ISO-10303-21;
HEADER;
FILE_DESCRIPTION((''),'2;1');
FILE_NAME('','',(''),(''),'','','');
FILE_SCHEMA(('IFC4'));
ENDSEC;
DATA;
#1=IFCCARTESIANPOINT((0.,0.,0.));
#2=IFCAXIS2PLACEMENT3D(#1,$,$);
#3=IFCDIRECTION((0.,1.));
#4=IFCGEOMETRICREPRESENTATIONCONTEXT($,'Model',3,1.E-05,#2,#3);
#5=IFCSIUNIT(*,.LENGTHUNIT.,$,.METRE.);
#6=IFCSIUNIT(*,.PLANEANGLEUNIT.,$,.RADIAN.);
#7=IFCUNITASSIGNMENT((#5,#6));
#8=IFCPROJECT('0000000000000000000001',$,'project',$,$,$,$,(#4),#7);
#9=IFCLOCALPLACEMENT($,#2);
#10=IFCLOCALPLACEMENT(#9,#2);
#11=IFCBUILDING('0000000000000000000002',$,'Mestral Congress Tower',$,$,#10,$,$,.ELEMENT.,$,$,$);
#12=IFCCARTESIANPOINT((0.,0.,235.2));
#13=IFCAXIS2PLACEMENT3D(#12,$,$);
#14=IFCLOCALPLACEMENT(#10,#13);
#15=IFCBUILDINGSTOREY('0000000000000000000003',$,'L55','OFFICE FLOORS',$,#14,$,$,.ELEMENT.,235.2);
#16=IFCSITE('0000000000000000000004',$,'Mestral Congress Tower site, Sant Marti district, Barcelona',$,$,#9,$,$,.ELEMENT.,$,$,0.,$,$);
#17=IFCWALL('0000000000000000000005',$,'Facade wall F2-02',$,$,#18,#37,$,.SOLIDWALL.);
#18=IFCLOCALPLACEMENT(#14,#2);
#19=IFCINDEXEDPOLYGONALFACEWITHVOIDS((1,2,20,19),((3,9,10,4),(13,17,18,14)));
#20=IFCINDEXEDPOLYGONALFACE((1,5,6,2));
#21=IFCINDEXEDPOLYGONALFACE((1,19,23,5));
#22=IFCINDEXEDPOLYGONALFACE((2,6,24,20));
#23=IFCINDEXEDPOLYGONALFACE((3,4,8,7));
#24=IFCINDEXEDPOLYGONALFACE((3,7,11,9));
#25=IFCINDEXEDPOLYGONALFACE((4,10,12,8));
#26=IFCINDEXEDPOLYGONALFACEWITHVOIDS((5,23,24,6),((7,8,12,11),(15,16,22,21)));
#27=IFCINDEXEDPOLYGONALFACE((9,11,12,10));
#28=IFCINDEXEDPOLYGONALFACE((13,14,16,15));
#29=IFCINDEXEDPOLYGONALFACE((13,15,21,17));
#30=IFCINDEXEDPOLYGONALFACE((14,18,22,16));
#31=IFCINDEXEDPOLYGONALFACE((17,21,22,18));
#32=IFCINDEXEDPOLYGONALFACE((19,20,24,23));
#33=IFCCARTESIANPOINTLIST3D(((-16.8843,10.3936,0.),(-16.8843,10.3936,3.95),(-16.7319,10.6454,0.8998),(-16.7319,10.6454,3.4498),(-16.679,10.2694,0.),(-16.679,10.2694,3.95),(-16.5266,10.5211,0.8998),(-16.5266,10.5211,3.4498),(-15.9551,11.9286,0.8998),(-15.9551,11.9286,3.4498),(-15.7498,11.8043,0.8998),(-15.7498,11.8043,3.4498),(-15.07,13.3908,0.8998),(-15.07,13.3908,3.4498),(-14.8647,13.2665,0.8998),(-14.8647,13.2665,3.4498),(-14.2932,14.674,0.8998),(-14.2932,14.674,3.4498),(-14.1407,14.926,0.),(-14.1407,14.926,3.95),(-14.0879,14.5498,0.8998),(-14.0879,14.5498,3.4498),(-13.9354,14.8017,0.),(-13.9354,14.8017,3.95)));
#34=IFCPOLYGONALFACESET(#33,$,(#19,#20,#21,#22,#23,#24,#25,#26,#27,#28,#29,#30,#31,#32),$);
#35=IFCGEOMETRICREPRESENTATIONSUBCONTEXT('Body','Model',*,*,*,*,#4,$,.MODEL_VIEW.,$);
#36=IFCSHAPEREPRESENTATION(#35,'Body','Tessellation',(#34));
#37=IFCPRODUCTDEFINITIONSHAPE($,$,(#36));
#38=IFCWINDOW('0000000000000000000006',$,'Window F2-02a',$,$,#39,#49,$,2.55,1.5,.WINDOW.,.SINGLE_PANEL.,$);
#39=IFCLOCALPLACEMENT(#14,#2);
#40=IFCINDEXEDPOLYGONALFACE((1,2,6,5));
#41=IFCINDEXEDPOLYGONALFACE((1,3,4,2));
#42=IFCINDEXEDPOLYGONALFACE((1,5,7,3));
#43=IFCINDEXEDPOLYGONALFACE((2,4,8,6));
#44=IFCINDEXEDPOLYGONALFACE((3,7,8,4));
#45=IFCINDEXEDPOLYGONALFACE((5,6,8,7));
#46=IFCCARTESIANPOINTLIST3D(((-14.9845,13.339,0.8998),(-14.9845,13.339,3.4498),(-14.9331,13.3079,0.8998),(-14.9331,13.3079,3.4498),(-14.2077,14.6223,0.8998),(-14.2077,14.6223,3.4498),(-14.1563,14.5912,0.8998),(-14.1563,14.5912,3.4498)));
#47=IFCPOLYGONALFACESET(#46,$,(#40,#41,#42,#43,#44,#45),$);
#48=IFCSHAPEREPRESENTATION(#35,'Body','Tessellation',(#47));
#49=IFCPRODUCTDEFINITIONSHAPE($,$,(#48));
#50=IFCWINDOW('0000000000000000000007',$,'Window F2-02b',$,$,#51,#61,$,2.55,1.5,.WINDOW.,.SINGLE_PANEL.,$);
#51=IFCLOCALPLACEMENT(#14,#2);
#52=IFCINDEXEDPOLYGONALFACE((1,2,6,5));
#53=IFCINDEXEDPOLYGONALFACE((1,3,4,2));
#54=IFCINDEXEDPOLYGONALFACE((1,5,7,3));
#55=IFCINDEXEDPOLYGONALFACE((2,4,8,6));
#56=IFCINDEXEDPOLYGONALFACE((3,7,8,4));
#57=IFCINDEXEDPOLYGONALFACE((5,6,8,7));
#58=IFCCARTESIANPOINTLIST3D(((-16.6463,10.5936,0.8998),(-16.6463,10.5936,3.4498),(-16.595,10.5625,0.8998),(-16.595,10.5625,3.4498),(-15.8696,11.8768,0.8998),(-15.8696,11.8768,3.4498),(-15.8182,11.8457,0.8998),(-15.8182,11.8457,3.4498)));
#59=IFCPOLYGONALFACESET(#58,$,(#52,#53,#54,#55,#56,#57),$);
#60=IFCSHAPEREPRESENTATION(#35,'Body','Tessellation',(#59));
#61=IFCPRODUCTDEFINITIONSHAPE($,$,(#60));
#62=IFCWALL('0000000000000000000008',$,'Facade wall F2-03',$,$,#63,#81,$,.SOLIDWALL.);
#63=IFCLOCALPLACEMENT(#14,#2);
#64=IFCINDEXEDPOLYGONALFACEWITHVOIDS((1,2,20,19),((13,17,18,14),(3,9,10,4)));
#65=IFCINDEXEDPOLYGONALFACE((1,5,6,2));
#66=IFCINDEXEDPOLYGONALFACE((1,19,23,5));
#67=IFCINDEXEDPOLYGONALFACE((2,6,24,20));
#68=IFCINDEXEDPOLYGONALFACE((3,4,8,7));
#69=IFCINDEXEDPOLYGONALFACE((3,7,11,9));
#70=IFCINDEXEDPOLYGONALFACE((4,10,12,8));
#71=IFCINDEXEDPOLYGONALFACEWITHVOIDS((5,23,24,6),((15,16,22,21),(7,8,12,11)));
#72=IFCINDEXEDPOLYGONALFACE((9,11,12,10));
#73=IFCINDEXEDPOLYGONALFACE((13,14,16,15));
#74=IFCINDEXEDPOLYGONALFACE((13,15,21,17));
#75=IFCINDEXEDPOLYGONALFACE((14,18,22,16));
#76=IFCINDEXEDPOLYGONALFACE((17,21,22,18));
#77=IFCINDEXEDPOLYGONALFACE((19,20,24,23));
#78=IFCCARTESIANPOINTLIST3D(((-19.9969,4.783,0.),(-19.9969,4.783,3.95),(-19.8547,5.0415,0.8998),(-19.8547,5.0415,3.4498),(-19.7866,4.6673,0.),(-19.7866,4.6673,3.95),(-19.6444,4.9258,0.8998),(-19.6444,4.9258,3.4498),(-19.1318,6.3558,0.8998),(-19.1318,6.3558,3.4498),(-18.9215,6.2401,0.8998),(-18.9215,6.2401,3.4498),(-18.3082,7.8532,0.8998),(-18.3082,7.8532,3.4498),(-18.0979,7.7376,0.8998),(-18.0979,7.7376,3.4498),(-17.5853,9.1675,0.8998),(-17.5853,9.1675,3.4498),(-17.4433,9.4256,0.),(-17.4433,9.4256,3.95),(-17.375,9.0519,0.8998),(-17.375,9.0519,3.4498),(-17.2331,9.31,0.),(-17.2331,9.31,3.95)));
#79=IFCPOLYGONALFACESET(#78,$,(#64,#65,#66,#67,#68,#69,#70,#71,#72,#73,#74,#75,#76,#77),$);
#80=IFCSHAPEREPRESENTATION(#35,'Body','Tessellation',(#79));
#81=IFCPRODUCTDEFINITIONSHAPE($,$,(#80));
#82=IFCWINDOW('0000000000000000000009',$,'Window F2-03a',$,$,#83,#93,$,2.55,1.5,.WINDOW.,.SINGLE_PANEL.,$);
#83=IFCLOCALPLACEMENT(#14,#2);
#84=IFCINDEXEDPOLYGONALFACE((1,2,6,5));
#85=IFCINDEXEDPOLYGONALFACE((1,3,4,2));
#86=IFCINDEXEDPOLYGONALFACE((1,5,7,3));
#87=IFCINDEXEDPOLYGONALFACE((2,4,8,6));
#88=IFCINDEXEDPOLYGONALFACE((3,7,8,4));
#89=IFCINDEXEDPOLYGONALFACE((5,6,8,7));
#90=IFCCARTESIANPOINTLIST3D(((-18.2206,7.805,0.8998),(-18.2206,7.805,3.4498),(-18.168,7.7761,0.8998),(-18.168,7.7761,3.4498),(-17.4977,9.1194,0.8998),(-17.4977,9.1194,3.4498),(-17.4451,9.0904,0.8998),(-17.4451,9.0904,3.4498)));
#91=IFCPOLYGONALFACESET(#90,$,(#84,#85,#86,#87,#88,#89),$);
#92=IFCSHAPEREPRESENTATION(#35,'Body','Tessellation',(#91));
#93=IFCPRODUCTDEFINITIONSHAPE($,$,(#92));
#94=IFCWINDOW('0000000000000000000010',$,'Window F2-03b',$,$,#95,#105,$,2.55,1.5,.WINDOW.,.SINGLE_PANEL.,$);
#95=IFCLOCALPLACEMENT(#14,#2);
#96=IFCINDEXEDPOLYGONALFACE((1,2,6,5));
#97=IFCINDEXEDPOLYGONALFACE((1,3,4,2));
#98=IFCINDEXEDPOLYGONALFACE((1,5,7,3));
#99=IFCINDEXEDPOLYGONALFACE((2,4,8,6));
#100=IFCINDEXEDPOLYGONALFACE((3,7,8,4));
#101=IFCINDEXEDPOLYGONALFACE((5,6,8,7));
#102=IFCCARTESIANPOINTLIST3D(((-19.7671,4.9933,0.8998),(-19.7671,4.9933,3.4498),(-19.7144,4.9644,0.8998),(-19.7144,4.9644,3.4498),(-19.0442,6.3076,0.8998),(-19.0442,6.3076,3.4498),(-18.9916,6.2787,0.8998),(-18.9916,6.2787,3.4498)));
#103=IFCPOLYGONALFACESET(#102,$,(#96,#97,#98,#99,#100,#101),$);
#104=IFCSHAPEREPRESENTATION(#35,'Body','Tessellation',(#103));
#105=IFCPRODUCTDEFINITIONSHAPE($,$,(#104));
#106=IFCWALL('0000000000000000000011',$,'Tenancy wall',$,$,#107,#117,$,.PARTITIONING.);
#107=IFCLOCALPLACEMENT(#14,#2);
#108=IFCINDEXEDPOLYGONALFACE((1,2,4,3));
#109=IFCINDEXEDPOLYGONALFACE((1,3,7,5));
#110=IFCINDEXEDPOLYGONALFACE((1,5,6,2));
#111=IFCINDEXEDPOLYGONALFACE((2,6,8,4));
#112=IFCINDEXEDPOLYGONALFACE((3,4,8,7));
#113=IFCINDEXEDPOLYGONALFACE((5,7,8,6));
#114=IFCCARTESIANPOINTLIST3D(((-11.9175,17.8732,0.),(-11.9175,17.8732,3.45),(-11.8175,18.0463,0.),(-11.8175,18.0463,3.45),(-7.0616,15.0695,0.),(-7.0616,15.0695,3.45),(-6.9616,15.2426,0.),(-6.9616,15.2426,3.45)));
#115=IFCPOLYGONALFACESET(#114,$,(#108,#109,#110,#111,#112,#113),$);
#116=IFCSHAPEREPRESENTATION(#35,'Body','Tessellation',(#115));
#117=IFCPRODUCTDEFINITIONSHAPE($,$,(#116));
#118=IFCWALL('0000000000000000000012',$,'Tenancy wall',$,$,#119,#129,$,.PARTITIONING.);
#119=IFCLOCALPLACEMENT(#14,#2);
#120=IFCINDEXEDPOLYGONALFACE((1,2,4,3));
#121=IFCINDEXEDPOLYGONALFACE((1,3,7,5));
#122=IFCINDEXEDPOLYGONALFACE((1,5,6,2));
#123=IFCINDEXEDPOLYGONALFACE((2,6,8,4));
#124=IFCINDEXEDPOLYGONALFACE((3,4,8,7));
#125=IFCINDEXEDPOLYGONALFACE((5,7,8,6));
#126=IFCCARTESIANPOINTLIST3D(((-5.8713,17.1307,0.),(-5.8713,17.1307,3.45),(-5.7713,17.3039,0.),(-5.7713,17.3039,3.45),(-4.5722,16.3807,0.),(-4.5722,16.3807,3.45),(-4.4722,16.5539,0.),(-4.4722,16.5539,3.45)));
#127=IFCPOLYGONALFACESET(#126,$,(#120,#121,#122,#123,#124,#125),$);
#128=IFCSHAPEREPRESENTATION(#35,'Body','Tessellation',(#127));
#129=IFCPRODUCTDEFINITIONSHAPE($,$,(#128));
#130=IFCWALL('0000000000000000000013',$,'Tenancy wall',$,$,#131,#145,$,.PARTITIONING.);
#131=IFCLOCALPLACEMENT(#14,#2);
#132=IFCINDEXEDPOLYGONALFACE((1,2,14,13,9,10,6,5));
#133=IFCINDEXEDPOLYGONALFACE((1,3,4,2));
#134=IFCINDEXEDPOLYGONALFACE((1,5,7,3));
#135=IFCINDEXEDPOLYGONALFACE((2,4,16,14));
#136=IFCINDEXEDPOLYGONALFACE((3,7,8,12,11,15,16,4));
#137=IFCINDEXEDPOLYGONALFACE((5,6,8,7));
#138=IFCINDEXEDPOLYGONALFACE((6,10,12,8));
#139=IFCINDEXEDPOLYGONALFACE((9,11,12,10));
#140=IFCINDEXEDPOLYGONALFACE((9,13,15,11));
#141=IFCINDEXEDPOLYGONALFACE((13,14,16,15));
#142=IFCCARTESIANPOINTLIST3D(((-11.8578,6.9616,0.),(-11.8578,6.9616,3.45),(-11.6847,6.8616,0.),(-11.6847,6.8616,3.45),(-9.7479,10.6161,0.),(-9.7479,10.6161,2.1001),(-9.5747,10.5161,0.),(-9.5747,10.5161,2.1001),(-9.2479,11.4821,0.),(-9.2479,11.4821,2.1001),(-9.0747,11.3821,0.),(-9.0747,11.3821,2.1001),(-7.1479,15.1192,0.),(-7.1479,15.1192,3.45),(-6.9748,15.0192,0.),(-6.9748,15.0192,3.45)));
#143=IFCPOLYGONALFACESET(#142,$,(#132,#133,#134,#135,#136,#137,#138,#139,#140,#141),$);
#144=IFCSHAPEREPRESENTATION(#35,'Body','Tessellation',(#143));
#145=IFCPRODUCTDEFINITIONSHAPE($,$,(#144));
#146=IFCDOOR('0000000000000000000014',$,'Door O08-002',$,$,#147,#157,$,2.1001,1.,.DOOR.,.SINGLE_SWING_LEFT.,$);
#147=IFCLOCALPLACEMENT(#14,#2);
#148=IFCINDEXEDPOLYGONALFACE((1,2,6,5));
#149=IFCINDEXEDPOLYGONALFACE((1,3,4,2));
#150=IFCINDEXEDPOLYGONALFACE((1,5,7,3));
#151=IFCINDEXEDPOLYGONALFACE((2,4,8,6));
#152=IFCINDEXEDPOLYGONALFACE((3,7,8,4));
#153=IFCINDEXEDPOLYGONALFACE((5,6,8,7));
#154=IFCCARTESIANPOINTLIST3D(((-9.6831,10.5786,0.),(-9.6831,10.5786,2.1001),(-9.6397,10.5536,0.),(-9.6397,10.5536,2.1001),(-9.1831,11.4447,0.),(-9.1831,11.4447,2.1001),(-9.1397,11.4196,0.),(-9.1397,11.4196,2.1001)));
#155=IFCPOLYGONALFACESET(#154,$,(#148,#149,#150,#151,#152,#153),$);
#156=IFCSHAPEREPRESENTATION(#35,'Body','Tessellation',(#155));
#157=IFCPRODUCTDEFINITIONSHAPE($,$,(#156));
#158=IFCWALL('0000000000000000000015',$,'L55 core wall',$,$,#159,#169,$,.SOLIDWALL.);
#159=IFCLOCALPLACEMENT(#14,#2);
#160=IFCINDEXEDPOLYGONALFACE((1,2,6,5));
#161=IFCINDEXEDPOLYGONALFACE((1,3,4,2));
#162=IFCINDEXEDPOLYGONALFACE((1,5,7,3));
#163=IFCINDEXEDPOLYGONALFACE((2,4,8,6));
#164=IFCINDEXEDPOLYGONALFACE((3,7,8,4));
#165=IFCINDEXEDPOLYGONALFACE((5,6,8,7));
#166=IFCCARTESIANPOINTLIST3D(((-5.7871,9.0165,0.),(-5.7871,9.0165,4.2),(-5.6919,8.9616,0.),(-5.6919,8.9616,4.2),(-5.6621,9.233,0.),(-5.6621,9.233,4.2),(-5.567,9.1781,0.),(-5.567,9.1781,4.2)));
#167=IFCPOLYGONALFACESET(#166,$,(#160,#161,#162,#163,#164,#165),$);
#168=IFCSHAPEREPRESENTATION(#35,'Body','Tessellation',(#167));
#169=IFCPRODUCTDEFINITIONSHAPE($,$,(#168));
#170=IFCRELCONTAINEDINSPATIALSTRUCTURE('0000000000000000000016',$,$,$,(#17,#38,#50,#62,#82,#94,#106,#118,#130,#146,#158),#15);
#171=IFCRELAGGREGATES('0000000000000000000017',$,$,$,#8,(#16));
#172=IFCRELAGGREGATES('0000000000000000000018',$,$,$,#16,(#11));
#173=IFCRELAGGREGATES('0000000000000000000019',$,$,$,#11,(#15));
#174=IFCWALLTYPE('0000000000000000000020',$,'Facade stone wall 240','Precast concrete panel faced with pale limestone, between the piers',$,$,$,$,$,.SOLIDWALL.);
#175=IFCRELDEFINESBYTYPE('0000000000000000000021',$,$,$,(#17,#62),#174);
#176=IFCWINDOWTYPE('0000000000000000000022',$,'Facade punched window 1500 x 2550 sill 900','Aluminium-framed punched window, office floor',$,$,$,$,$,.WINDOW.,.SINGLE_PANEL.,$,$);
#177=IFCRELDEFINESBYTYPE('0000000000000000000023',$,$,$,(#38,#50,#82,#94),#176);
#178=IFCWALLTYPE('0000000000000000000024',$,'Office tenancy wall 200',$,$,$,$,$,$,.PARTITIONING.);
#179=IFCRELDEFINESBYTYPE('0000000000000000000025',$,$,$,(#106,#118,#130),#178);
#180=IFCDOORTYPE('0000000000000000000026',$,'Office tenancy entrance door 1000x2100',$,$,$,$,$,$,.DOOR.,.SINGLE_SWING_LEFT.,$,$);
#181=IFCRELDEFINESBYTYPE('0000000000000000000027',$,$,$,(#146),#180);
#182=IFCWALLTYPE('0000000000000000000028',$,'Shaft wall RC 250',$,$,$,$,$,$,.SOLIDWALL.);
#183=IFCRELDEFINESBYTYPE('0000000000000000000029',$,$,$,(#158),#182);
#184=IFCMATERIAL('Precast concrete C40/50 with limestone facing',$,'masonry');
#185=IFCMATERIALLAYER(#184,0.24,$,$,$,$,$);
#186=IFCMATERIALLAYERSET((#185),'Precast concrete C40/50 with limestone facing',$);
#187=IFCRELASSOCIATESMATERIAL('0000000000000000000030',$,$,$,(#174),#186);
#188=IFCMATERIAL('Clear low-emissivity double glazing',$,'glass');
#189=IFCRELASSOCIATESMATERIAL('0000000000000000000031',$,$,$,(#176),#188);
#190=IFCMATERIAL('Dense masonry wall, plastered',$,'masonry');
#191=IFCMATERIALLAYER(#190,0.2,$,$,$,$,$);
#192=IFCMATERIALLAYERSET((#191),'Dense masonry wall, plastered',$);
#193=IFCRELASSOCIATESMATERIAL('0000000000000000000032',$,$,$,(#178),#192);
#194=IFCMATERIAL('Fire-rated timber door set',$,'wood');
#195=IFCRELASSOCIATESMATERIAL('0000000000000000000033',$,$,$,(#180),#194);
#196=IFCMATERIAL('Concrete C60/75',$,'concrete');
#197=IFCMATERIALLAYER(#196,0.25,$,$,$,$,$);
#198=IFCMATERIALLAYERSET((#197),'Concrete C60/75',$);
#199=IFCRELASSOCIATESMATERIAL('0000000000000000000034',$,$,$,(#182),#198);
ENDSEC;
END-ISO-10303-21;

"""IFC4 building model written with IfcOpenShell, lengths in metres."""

from ifc_helpers import new_model, si_unit, direction, frame, frame_2d, origin, place, context, subcontext, project, spatial, rectangle, extrude, material, layer, layer_set, type_object, element, fill, save


model = new_model("IFC4")

# Units and contexts
model_context = context("Model", 3, precision=1e-05, world=origin(), true_north=direction((0.0, 1.0)))
body_context = subcontext(model_context, "Body", "Model", "MODEL_VIEW")
ifc_project = project(units=[si_unit("LENGTHUNIT", "METRE"), si_unit("PLANEANGLEUNIT", "RADIAN")], contexts=[model_context])

# Site, building, storey
site_placement = place(None, origin())
site = spatial("IfcSite", under=ifc_project, at=site_placement, Name="Mestral Congress Tower site, Sant Marti district, Barcelona", CompositionType="ELEMENT", RefElevation=0.0)
building_placement = place(site_placement, origin())
building = spatial("IfcBuilding", under=site, at=building_placement, Name="Mestral Congress Tower", CompositionType="ELEMENT")
storey_placement = place(building_placement, frame((0.0, 0.0, 235.2)))
storey = spatial("IfcBuildingStorey", under=building, at=storey_placement, Name="L55", Description="OFFICE FLOORS", CompositionType="ELEMENT", Elevation=235.2)

# Shared definitions
ifc_material_1 = material(Name="Concrete C60/75", Category="concrete")

# Walls, openings, windows
ifc_material_2 = material(Name="Precast concrete C40/50 with limestone facing", Category="masonry")
ifc_layer_1 = layer(ifc_material_2, 0.24)
ifc_layer_set_1 = layer_set([ifc_layer_1], Name="Precast concrete C40/50 with limestone facing")
wall_type_1 = type_object("IfcWallType", Name="Facade stone wall 240", Description="Precast concrete panel faced with pale limestone, between the piers", PredefinedType="SOLIDWALL", material=ifc_layer_set_1)
wall_1_placement = place(storey_placement, frame((-14.0381, 14.8638, 0.0), z_axis=(0.0, 0.0, 1.0), x_axis=(-0.517846, -0.855474, 0.0)))
wall_1 = element("IfcWall", 1, at=wall_1_placement, inside=storey, type_object=wall_type_1, Name="Facade wall F2-02", PredefinedType="SOLIDWALL", context=body_context, shape_type="SweptSolid", body=[
    extrude(rectangle(XDim=5.2981, YDim=0.24, at=frame_2d((2.6489, 0.0))), origin(), (0.0, 0.0, 1.0), 3.95),
])
opening_1_placement = place(wall_1_placement, frame((0.2944, 0.0, 0.8999)))
opening_1 = element("IfcOpeningElement", 2, at=opening_1_placement, cuts=wall_1, PredefinedType="OPENING", context=body_context, shape_type="SweptSolid", body=[
    extrude(rectangle(XDim=1.5, YDim=2.55, at=frame_2d((0.75, 1.2749))), frame((0.0, 0.1299, 0.0), z_axis=(0.0, -1.0, 0.0), x_axis=(1.0, 0.0, 0.0)), (0.0, 0.0, 1.0), 0.26),
])
opening_2_placement = place(wall_1_placement, frame((3.5037, 0.0, 0.8999)))
opening_2 = element("IfcOpeningElement", 3, at=opening_2_placement, cuts=wall_1, PredefinedType="OPENING", context=body_context, shape_type="SweptSolid", body=[
    extrude(rectangle(XDim=1.5, YDim=2.55, at=frame_2d((0.75, 1.2749))), frame((0.0, 0.1299, 0.0), z_axis=(0.0, -1.0, 0.0), x_axis=(1.0, 0.0, 0.0)), (0.0, 0.0, 1.0), 0.26),
])
ifc_material_3 = material(Name="Clear low-emissivity double glazing", Category="glass")
window_type = type_object("IfcWindowType", Name="Facade punched window 1500 x 2550 sill 900", Description="Aluminium-framed punched window, office floor", PartitioningType="SINGLE_PANEL", PredefinedType="WINDOW", material=ifc_material_3)
window_1_placement = place(opening_1_placement, origin())
window_1 = element("IfcWindow", 4, at=window_1_placement, inside=storey, type_object=window_type, Name="Window F2-02a", OverallHeight=2.55, OverallWidth=1.5, PartitioningType="SINGLE_PANEL", PredefinedType="WINDOW", context=body_context, shape_type="SweptSolid", body=[
    extrude(rectangle(XDim=1.5, YDim=2.55, at=frame_2d((0.75, 1.2749))), frame((0.0, 0.04, 0.0), z_axis=(0.0, -1.0, 0.0), x_axis=(1.0, 0.0, 0.0)), (0.0, 0.0, 1.0), 0.0601),
])
fill(opening_1, window_1)
window_2_placement = place(opening_2_placement, origin())
window_2 = element("IfcWindow", 5, at=window_2_placement, inside=storey, type_object=window_type, Name="Window F2-02b", OverallHeight=2.55, OverallWidth=1.5, PartitioningType="SINGLE_PANEL", PredefinedType="WINDOW", context=body_context, shape_type="SweptSolid", body=[
    extrude(rectangle(XDim=1.5, YDim=2.55, at=frame_2d((0.75, 1.2749))), frame((0.0, 0.04, 0.0), z_axis=(0.0, -1.0, 0.0), x_axis=(1.0, 0.0, 0.0)), (0.0, 0.0, 1.0), 0.0601),
])
fill(opening_2, window_2)
wall_2_placement = place(storey_placement, frame((-17.3381, 9.3679, 0.0), z_axis=(0.0, 0.0, 1.0), x_axis=(-0.481926, -0.876212, 0.0)))
wall_2 = element("IfcWall", 6, at=wall_2_placement, inside=storey, type_object=wall_type_1, Name="Facade wall F2-03", PredefinedType="SOLIDWALL", context=body_context, shape_type="SweptSolid", body=[
    extrude(rectangle(XDim=5.2986, YDim=0.24, at=frame_2d((2.6494, 0.0))), origin(), (0.0, 0.0, 1.0), 3.95),
])
opening_3_placement = place(wall_2_placement, frame((0.2947, 0.0, 0.8999)))
opening_3 = element("IfcOpeningElement", 7, at=opening_3_placement, cuts=wall_2, PredefinedType="OPENING", context=body_context, shape_type="SweptSolid", body=[
    extrude(rectangle(XDim=1.5, YDim=2.55, at=frame_2d((0.75, 1.2749))), frame((0.0, 0.1299, 0.0), z_axis=(0.0, -1.0, 0.0), x_axis=(1.0, 0.0, 0.0)), (0.0, 0.0, 1.0), 0.26),
])
opening_4_placement = place(wall_2_placement, frame((3.5037, 0.0, 0.8999)))
opening_4 = element("IfcOpeningElement", 8, at=opening_4_placement, cuts=wall_2, PredefinedType="OPENING", context=body_context, shape_type="SweptSolid", body=[
    extrude(rectangle(XDim=1.5, YDim=2.55, at=frame_2d((0.75, 1.2749))), frame((0.0, 0.1299, 0.0), z_axis=(0.0, -1.0, 0.0), x_axis=(1.0, 0.0, 0.0)), (0.0, 0.0, 1.0), 0.26),
])
window_3_placement = place(opening_3_placement, origin())
window_3 = element("IfcWindow", 9, at=window_3_placement, inside=storey, type_object=window_type, Name="Window F2-03a", OverallHeight=2.55, OverallWidth=1.5, PartitioningType="SINGLE_PANEL", PredefinedType="WINDOW", context=body_context, shape_type="SweptSolid", body=[
    extrude(rectangle(XDim=1.5, YDim=2.55, at=frame_2d((0.75, 1.2749))), frame((0.0, 0.04, 0.0), z_axis=(0.0, -1.0, 0.0), x_axis=(1.0, 0.0, 0.0)), (0.0, 0.0, 1.0), 0.0601),
])
fill(opening_3, window_3)
window_4_placement = place(opening_4_placement, origin())
window_4 = element("IfcWindow", 10, at=window_4_placement, inside=storey, type_object=window_type, Name="Window F2-03b", OverallHeight=2.55, OverallWidth=1.5, PartitioningType="SINGLE_PANEL", PredefinedType="WINDOW", context=body_context, shape_type="SweptSolid", body=[
    extrude(rectangle(XDim=1.5, YDim=2.55, at=frame_2d((0.75, 1.2749))), frame((0.0, 0.04, 0.0), z_axis=(0.0, -1.0, 0.0), x_axis=(1.0, 0.0, 0.0)), (0.0, 0.0, 1.0), 0.0601),
])
fill(opening_4, window_4)

# Walls
ifc_material_4 = material(Name="Dense masonry wall, plastered", Category="masonry")
ifc_layer_2 = layer(ifc_material_4, 0.2)
ifc_layer_set_2 = layer_set([ifc_layer_2], Name="Dense masonry wall, plastered")
wall_type_2 = type_object("IfcWallType", Name="Office tenancy wall 200", PredefinedType="PARTITIONING", material=ifc_layer_set_2)
wall_3_placement = place(storey_placement, frame((-7.0115, 15.156, 0.0), z_axis=(0.0, 0.0, 1.0), x_axis=(-0.866016, 0.500016, 0.0)))
element("IfcWall", 11, at=wall_3_placement, inside=storey, type_object=wall_type_2, Name="Tenancy wall", PredefinedType="PARTITIONING", context=body_context, shape_type="SweptSolid", body=[
    extrude(rectangle(XDim=5.6072, YDim=0.2, at=frame_2d((2.8037, 0.0))), origin(), (0.0, 0.0, 1.0), 3.45),
])
wall_4_placement = place(storey_placement, frame((-4.5222, 16.4673, 0.0), z_axis=(0.0, 0.0, 1.0), x_axis=(-0.866031, 0.49999, 0.0)))
element("IfcWall", 12, at=wall_4_placement, inside=storey, type_object=wall_type_2, Name="Tenancy wall", PredefinedType="PARTITIONING", context=body_context, shape_type="SweptSolid", body=[
    extrude(rectangle(XDim=1.5, YDim=0.2, at=frame_2d((0.75, 0.0))), origin(), (0.0, 0.0, 1.0), 3.45),
])

# Wall, opening, door
wall_5_placement = place(storey_placement, frame((-7.0613, 15.0693, 0.0), z_axis=(0.0, 0.0, 1.0), x_axis=(-0.500008, -0.866021, 0.0)))
wall_5 = element("IfcWall", 13, at=wall_5_placement, inside=storey, type_object=wall_type_2, Name="Tenancy wall", PredefinedType="PARTITIONING", context=body_context, shape_type="SweptSolid", body=[
    extrude(rectangle(XDim=9.4197, YDim=0.2, at=frame_2d((4.71, 0.0))), origin(), (0.0, 0.0, 1.0), 3.45),
])
opening_5_placement = place(wall_5_placement, frame((4.2, 0.0, 0.0)))
opening_5 = element("IfcOpeningElement", 14, at=opening_5_placement, cuts=wall_5, PredefinedType="OPENING", context=body_context, shape_type="SweptSolid", body=[
    extrude(rectangle(XDim=1.0, YDim=2.1001, at=frame_2d((0.5, 1.05))), frame((0.0, 0.1099, 0.0), z_axis=(0.0, -1.0, 0.0), x_axis=(1.0, 0.0, 0.0)), (0.0, 0.0, 1.0), 0.22),
])
ifc_material_5 = material(Name="Fire-rated timber door set", Category="wood")
door_type_1 = type_object("IfcDoorType", Name="Office tenancy entrance door 1000x2100", OperationType="SINGLE_SWING_LEFT", PredefinedType="DOOR", material=ifc_material_5)
door_1_placement = place(opening_5_placement, origin())
door_1 = element("IfcDoor", 15, at=door_1_placement, inside=storey, type_object=door_type_1, Name="Door O08-002", OperationType="SINGLE_SWING_LEFT", OverallHeight=2.1001, OverallWidth=1.0, PredefinedType="DOOR", context=body_context, shape_type="SweptSolid", body=[
    extrude(rectangle(XDim=1.0, YDim=2.1001, at=frame_2d((0.5, 1.05))), frame((0.0, 0.0249, 0.0), z_axis=(0.0, -1.0, 0.0), x_axis=(1.0, 0.0, 0.0)), (0.0, 0.0, 1.0), 0.05),
])
fill(opening_5, door_1)

# Wall
ifc_layer_3 = layer(ifc_material_1, 0.25)
ifc_layer_set_3 = layer_set([ifc_layer_3], Name="Concrete C60/75")
wall_type_3 = type_object("IfcWallType", Name="Shaft wall RC 250", PredefinedType="SOLIDWALL", material=ifc_layer_set_3)
wall_6_placement = place(storey_placement, frame((-5.7246, 9.1248, 0.0), z_axis=(0.0, 0.0, 1.0), x_axis=(0.866186, -0.499722, 0.0)))
element("IfcWall", 16, at=wall_6_placement, inside=storey, type_object=wall_type_3, Name="L55 core wall", PredefinedType="SOLIDWALL", context=body_context, shape_type="SweptSolid", body=[
    extrude(rectangle(XDim=0.1099, YDim=0.25, at=frame_2d((0.0549, 0.0))), origin(), (0.0, 0.0, 1.0), 4.2),
])

save(model, "model.ifc")
